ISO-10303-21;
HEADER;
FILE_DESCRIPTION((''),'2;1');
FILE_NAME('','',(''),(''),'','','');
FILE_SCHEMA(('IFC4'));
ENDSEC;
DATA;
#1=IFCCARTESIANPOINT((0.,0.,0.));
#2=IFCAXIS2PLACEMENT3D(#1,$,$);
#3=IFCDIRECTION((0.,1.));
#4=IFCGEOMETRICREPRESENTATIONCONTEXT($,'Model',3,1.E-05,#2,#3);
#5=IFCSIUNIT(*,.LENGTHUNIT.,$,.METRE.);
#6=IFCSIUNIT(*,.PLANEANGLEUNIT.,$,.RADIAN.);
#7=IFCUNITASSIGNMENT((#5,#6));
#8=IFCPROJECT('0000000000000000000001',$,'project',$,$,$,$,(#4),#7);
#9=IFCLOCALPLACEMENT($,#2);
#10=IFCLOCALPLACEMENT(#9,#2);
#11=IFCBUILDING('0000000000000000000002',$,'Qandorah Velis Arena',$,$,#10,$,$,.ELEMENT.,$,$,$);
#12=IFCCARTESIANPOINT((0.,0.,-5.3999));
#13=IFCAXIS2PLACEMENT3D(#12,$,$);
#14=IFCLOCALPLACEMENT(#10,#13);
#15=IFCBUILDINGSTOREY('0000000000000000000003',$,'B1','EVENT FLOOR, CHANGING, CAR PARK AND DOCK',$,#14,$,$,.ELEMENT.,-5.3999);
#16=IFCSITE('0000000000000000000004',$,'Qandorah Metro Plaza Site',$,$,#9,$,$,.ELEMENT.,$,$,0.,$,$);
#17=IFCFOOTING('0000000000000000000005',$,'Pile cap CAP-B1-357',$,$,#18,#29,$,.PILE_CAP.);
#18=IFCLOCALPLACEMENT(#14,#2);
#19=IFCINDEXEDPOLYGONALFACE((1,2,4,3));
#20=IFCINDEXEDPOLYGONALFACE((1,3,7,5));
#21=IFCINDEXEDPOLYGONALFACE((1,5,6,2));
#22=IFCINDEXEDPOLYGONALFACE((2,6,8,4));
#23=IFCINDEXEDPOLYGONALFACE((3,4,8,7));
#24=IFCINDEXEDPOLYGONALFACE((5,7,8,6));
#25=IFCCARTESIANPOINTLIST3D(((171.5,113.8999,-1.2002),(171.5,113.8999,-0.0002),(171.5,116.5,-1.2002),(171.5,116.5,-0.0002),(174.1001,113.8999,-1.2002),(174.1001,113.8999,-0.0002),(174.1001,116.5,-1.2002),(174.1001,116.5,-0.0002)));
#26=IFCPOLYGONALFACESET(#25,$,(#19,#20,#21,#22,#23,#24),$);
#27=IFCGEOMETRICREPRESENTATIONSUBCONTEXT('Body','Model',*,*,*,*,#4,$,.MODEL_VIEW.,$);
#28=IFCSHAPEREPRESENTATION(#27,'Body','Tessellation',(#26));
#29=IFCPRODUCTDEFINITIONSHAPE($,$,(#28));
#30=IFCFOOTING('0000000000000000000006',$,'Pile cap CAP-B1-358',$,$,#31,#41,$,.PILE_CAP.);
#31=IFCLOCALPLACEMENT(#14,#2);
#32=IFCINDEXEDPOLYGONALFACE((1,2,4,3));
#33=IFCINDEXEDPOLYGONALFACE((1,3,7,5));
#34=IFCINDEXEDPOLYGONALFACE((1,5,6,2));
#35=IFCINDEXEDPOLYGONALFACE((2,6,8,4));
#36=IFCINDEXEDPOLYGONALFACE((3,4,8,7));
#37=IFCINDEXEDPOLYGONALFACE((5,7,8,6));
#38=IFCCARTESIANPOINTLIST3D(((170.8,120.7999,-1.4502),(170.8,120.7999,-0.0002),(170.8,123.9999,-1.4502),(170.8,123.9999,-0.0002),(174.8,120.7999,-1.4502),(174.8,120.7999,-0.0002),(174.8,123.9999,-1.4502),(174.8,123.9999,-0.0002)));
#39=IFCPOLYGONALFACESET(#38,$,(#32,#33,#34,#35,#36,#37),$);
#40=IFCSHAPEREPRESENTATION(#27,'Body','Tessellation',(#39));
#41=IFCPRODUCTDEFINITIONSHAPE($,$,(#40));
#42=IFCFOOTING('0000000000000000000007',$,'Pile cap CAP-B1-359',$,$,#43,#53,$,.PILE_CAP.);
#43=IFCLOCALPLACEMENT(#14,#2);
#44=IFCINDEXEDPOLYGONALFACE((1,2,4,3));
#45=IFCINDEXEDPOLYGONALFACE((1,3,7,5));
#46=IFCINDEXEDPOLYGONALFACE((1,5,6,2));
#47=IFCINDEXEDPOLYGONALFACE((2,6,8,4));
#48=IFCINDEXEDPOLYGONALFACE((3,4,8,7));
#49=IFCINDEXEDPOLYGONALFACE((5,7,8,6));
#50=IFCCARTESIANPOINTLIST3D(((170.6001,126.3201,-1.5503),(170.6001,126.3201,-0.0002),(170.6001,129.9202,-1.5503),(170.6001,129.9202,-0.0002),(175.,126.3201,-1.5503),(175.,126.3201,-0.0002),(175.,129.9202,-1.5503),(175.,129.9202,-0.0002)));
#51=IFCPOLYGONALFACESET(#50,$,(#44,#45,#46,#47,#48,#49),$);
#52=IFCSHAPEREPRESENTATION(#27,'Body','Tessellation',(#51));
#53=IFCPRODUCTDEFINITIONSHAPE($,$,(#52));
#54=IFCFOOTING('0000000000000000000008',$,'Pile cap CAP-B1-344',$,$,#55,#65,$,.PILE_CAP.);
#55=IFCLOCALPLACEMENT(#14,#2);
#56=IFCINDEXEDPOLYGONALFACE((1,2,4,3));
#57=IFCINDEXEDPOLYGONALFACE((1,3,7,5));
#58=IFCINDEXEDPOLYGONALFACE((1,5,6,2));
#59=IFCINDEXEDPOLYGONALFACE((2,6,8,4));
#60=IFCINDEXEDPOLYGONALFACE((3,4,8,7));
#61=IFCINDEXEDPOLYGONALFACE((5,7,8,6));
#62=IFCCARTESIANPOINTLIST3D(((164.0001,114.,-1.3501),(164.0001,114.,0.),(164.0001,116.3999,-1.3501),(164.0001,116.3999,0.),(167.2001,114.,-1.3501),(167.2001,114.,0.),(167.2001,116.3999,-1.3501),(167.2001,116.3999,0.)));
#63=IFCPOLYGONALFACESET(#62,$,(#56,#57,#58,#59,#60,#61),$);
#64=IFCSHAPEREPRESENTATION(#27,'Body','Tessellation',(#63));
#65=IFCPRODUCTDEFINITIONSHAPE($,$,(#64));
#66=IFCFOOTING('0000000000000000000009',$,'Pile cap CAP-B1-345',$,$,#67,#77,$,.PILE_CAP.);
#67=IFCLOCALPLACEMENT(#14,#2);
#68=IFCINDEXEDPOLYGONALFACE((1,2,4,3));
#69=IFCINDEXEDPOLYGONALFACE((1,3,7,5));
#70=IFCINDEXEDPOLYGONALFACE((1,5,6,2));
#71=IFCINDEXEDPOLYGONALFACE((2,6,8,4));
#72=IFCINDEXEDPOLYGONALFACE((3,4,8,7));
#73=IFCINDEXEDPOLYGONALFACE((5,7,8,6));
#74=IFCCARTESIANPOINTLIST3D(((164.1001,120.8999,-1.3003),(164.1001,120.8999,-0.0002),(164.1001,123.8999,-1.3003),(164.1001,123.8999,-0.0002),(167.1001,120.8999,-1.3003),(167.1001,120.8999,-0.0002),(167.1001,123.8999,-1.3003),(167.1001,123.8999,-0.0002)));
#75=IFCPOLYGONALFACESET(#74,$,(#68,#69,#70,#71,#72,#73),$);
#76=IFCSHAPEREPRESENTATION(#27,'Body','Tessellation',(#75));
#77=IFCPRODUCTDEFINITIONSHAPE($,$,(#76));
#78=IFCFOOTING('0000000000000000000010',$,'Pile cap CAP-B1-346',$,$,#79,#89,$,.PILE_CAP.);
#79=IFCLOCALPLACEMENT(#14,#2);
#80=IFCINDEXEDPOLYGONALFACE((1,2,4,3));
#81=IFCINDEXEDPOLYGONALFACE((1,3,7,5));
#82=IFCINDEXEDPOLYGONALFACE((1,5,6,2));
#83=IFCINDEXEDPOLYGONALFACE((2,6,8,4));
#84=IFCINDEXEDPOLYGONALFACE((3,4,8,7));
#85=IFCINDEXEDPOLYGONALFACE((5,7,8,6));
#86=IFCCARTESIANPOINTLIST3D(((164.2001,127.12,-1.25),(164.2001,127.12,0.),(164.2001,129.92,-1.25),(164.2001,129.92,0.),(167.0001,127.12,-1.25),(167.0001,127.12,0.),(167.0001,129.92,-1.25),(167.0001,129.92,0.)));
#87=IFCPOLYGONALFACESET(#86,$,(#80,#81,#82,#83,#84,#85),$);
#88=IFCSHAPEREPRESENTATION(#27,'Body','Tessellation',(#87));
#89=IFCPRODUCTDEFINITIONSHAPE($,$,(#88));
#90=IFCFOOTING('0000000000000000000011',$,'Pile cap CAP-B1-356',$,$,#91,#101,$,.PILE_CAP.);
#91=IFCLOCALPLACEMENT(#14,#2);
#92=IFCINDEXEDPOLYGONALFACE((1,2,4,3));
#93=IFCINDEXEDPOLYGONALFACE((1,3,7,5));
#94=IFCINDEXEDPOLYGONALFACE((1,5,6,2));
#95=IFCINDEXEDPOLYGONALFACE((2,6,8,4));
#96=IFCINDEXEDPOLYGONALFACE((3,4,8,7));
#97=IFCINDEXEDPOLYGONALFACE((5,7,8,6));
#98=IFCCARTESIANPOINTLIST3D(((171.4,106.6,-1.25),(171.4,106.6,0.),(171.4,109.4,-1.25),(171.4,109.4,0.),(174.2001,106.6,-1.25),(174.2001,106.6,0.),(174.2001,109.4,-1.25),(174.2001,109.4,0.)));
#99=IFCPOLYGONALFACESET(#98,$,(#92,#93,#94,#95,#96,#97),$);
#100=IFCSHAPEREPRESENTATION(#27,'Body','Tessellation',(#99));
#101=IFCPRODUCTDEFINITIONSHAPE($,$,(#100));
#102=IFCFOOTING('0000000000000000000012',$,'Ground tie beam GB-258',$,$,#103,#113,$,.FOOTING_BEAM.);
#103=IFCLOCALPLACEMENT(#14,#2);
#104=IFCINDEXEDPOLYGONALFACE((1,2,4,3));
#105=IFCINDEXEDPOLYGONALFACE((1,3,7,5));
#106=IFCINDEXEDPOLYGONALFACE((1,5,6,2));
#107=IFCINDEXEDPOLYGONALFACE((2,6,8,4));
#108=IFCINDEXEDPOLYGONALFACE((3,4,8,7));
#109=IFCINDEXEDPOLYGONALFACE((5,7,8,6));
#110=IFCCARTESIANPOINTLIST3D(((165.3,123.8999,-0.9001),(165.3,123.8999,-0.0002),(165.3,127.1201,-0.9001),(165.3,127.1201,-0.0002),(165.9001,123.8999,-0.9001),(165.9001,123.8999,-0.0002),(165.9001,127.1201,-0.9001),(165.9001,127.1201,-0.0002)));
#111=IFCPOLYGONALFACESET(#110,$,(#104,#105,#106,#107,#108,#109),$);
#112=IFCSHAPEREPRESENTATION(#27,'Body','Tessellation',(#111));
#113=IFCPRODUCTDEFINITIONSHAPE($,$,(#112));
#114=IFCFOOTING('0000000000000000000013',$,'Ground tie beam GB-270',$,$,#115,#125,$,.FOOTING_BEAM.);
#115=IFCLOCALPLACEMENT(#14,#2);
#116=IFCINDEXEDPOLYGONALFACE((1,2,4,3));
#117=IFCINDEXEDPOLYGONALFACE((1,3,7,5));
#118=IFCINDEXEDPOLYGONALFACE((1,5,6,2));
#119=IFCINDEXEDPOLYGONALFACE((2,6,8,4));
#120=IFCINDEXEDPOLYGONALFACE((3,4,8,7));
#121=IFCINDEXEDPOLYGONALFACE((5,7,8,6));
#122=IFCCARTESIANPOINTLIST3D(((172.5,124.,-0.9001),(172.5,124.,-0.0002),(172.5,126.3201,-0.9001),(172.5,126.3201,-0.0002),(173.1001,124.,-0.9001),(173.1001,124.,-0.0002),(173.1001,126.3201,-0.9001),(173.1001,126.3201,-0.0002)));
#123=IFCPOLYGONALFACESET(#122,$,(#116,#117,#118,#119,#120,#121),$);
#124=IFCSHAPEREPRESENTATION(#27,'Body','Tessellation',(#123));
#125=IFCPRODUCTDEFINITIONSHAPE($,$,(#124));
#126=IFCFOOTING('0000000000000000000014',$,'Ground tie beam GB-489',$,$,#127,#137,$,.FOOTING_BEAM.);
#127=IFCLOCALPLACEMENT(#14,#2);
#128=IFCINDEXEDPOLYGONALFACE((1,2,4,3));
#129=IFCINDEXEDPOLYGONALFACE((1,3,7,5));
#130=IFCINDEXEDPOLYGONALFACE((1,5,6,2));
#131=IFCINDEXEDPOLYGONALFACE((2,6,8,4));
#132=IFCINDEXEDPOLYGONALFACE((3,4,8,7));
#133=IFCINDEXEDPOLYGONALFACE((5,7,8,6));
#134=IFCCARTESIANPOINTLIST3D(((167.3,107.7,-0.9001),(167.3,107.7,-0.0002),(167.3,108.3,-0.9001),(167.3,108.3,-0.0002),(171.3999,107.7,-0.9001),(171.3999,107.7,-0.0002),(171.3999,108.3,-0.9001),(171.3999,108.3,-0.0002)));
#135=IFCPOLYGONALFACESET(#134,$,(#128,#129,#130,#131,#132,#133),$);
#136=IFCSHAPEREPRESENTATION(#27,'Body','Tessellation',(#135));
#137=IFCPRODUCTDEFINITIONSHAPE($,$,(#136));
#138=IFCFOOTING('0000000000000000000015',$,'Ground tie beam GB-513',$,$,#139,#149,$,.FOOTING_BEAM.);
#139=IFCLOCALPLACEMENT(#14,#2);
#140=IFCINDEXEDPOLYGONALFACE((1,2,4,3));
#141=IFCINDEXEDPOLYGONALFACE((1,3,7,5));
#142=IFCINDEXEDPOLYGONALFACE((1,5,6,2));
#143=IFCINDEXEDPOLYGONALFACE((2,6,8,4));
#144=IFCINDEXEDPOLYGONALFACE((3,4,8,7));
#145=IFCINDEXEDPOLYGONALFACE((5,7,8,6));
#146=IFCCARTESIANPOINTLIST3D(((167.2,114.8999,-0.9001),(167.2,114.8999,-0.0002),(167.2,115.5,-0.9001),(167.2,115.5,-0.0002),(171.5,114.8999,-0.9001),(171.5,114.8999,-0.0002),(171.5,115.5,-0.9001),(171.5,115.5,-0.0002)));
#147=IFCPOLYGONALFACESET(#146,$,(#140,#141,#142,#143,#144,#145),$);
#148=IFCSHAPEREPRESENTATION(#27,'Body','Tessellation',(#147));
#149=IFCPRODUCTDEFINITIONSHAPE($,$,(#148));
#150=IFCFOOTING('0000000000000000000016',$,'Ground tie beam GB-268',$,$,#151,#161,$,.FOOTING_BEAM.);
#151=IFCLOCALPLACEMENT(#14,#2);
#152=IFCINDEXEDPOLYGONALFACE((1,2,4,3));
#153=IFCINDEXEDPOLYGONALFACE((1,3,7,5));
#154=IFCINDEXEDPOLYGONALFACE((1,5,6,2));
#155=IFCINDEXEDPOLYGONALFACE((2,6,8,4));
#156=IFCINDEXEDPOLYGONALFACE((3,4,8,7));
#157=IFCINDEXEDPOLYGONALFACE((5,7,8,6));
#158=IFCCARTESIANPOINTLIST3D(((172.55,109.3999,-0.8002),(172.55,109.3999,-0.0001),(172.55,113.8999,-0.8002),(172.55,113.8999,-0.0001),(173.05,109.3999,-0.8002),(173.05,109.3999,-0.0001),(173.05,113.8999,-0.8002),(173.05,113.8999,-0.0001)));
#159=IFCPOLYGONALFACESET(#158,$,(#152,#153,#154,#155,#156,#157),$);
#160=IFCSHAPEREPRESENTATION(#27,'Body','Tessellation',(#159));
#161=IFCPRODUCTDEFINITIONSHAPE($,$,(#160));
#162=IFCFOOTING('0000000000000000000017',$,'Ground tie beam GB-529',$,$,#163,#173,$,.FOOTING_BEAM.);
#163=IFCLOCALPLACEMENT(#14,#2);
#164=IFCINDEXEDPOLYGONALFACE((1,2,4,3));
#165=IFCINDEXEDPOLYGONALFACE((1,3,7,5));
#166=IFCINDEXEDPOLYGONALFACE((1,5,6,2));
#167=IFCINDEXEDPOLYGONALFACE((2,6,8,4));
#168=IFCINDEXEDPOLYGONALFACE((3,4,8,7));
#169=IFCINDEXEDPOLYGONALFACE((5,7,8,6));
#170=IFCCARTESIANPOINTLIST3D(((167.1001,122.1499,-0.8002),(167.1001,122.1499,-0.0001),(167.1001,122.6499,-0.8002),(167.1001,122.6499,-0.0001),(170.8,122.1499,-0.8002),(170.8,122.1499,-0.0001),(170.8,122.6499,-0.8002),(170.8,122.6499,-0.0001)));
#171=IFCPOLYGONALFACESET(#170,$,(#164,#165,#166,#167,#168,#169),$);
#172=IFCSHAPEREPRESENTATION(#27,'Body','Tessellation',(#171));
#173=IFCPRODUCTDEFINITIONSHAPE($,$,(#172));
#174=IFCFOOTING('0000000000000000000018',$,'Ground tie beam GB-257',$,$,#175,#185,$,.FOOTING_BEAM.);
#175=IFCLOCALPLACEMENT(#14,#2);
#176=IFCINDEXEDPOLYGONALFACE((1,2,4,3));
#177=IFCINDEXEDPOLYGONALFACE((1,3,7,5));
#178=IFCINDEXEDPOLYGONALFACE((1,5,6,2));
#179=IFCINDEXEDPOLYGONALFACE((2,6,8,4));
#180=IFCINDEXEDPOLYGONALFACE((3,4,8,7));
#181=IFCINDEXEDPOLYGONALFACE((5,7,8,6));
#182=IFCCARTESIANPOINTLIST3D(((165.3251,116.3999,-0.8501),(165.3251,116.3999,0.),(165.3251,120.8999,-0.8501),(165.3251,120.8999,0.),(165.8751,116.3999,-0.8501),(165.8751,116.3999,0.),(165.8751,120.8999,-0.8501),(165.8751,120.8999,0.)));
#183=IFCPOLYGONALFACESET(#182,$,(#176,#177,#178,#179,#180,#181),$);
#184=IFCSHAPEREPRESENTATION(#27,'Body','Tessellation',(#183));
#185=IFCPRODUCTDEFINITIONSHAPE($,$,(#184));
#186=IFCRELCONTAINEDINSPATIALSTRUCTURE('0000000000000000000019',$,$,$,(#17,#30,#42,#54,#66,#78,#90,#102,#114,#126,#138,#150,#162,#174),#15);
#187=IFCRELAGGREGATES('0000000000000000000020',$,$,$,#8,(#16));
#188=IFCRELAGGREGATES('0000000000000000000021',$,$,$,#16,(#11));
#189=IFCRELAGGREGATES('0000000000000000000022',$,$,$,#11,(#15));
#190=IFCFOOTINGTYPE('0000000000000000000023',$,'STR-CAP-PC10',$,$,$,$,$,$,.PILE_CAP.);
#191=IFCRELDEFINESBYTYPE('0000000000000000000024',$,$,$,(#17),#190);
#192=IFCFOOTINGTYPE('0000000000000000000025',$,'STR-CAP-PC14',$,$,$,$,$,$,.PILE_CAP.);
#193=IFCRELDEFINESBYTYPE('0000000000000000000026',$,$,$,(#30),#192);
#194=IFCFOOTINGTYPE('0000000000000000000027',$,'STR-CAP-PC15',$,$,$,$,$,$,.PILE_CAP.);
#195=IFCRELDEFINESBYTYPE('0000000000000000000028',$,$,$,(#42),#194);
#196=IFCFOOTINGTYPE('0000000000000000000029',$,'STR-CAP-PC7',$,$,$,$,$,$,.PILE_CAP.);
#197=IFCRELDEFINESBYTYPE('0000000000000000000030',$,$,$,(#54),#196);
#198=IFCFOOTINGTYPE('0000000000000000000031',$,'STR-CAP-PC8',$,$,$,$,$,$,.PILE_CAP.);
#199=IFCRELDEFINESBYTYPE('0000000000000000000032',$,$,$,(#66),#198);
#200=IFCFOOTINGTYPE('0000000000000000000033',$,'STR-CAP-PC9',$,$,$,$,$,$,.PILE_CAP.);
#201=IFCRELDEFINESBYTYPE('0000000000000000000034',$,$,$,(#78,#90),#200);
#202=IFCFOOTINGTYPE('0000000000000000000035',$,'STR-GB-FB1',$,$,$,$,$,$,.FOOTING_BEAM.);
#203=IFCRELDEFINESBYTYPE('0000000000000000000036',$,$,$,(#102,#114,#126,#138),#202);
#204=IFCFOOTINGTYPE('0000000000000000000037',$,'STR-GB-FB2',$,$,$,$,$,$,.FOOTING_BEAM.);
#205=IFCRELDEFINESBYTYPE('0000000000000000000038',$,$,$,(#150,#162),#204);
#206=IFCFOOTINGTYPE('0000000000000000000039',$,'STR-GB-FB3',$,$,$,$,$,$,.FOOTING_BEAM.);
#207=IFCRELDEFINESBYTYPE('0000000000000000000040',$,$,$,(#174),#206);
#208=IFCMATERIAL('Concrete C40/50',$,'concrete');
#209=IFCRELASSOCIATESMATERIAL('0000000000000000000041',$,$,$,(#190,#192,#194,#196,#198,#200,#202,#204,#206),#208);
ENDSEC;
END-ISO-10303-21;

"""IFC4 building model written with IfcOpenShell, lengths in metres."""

from ifc_helpers import new_model, si_unit, direction, frame, origin, origin_2d, place, context, subcontext, project, spatial, rectangle, extrude, material, material_profile, profile_set, type_object, element, save


model = new_model("IFC4")

# Units and contexts
model_context = context("Model", 3, precision=1e-05, world=origin(), true_north=direction((0.0, 1.0)))
body_context = subcontext(model_context, "Body", "Model", "MODEL_VIEW")
ifc_project = project(units=[si_unit("LENGTHUNIT", "METRE"), si_unit("PLANEANGLEUNIT", "RADIAN")], contexts=[model_context])

# Site, building, storey
site_placement = place(None, origin())
site = spatial("IfcSite", under=ifc_project, at=site_placement, Name="Qandorah Metro Plaza Site", CompositionType="ELEMENT", RefElevation=0.0)
building_placement = place(site_placement, origin())
building = spatial("IfcBuilding", under=site, at=building_placement, Name="Qandorah Velis Arena", CompositionType="ELEMENT")
storey_placement = place(building_placement, frame((0.0, 0.0, -5.3999)))
storey = spatial("IfcBuildingStorey", under=building, at=storey_placement, Name="B1", Description="EVENT FLOOR, CHANGING, CAR PARK AND DOCK", CompositionType="ELEMENT", Elevation=-5.3999)

# Footings
ifc_material_1 = material(Name="Concrete C40/50", Category="concrete")
footing_type_1 = type_object("IfcFootingType", Name="STR-CAP-PC10", PredefinedType="PILE_CAP", material=ifc_material_1)
footing_1_placement = place(storey_placement, frame((172.8, 115.2, -1.2002), z_axis=(0.0, 0.0, 1.0), x_axis=(1.0, 0.0, 0.0)))
element("IfcFooting", 1, at=footing_1_placement, inside=storey, type_object=footing_type_1, Name="Pile cap CAP-B1-357", PredefinedType="PILE_CAP", context=body_context, shape_type="SweptSolid", body=[
    extrude(rectangle(XDim=2.6001, YDim=2.6001, at=origin_2d()), origin(), (0.0, 0.0, 1.0), 1.2),
])
footing_type_2 = type_object("IfcFootingType", Name="STR-CAP-PC14", PredefinedType="PILE_CAP", material=ifc_material_1)
footing_2_placement = place(storey_placement, frame((172.8, 122.3999, -1.4502), z_axis=(0.0, 0.0, 1.0), x_axis=(1.0, 0.0, 0.0)))
element("IfcFooting", 2, at=footing_2_placement, inside=storey, type_object=footing_type_2, Name="Pile cap CAP-B1-358", PredefinedType="PILE_CAP", context=body_context, shape_type="SweptSolid", body=[
    extrude(rectangle(XDim=4.0, YDim=3.2, at=origin_2d()), origin(), (0.0, 0.0, 1.0), 1.45),
])
footing_type_3 = type_object("IfcFootingType", Name="STR-CAP-PC15", PredefinedType="PILE_CAP", material=ifc_material_1)
footing_3_placement = place(storey_placement, frame((172.8, 128.1201, -1.5503), z_axis=(0.0, 0.0, 1.0), x_axis=(1.0, 0.0, 0.0)))
element("IfcFooting", 3, at=footing_3_placement, inside=storey, type_object=footing_type_3, Name="Pile cap CAP-B1-359", PredefinedType="PILE_CAP", context=body_context, shape_type="SweptSolid", body=[
    extrude(rectangle(XDim=4.3999, YDim=3.6001, at=origin_2d()), origin(), (0.0, 0.0, 1.0), 1.55),
])
footing_type_4 = type_object("IfcFootingType", Name="STR-CAP-PC7", PredefinedType="PILE_CAP", material=ifc_material_1)
footing_4_placement = place(storey_placement, frame((165.6001, 115.2, -1.3501), z_axis=(0.0, 0.0, 1.0), x_axis=(1.0, 0.0, 0.0)))
element("IfcFooting", 4, at=footing_4_placement, inside=storey, type_object=footing_type_4, Name="Pile cap CAP-B1-344", PredefinedType="PILE_CAP", context=body_context, shape_type="SweptSolid", body=[
    extrude(rectangle(XDim=3.2, YDim=2.3999, at=origin_2d()), origin(), (0.0, 0.0, 1.0), 1.3501),
])
footing_type_5 = type_object("IfcFootingType", Name="STR-CAP-PC8", PredefinedType="PILE_CAP", material=ifc_material_1)
footing_5_placement = place(storey_placement, frame((165.6001, 122.3999, -1.3003), z_axis=(0.0, 0.0, 1.0), x_axis=(1.0, 0.0, 0.0)))
element("IfcFooting", 5, at=footing_5_placement, inside=storey, type_object=footing_type_5, Name="Pile cap CAP-B1-345", PredefinedType="PILE_CAP", context=body_context, shape_type="SweptSolid", body=[
    extrude(rectangle(XDim=3.0, YDim=3.0, at=origin_2d()), origin(), (0.0, 0.0, 1.0), 1.3),
])
footing_type_6 = type_object("IfcFootingType", Name="STR-CAP-PC9", PredefinedType="PILE_CAP", material=ifc_material_1)
for number, where, z_axis, x_axis, name in (
    (6, (165.6001, 128.52, -1.25), (0.0, 0.0, 1.0), (1.0, 0.0, 0.0), "Pile cap CAP-B1-346"),
    (7, (172.8, 108.0, -1.25), (0.0, 0.0, 1.0), (1.0, 0.0, 0.0), "Pile cap CAP-B1-356"),
):
    element("IfcFooting", number, at=place(storey_placement, frame(where, z_axis=z_axis, x_axis=x_axis)), inside=storey, type_object=footing_type_6, Name=name, PredefinedType="PILE_CAP", context=body_context, shape_type="SweptSolid", body=[
        extrude(rectangle(XDim=2.8, YDim=2.8, at=origin_2d()), origin(), (0.0, 0.0, 1.0), 1.25),
    ])
ifc_material_profile_1 = material_profile(ifc_material_1, rectangle(XDim=0.6001, YDim=0.8999, at=origin_2d()), Name="GB1 600x900")
ifc_profile_set_1 = profile_set([ifc_material_profile_1], Name="Concrete C40/50")
footing_type_7 = type_object("IfcFootingType", Name="STR-GB-FB1", PredefinedType="FOOTING_BEAM", material=ifc_profile_set_1)
footing_6_placement = place(storey_placement, frame((165.6001, 123.8999, -0.4502), z_axis=(0.0, 1.0, 0.0), x_axis=(-1.0, 0.0, 0.0)))
element("IfcFooting", 8, at=footing_6_placement, inside=storey, type_object=footing_type_7, Name="Ground tie beam GB-258", PredefinedType="FOOTING_BEAM", context=body_context, shape_type="SweptSolid", body=[
    extrude(rectangle(XDim=0.6001, YDim=0.8999, at=origin_2d()), origin(), (0.0, 0.0, 1.0), 3.2202),
])
footing_7_placement = place(storey_placement, frame((172.8, 124.0, -0.4502), z_axis=(0.0, 1.0, 0.0), x_axis=(-1.0, 0.0, 0.0)))
element("IfcFooting", 9, at=footing_7_placement, inside=storey, type_object=footing_type_7, Name="Ground tie beam GB-270", PredefinedType="FOOTING_BEAM", context=body_context, shape_type="SweptSolid", body=[
    extrude(rectangle(XDim=0.6001, YDim=0.8999, at=origin_2d()), origin(), (0.0, 0.0, 1.0), 2.3201),
])
footing_8_placement = place(storey_placement, frame((167.3, 108.0, -0.4502), z_axis=(1.0, 0.0, 0.0), x_axis=(0.0, 1.0, 0.0)))
element("IfcFooting", 10, at=footing_8_placement, inside=storey, type_object=footing_type_7, Name="Ground tie beam GB-489", PredefinedType="FOOTING_BEAM", context=body_context, shape_type="SweptSolid", body=[
    extrude(rectangle(XDim=0.6001, YDim=0.8999, at=origin_2d()), origin(), (0.0, 0.0, 1.0), 4.0999),
])
footing_9_placement = place(storey_placement, frame((167.2, 115.2, -0.4502), z_axis=(1.0, 0.0, 0.0), x_axis=(0.0, 1.0, 0.0)))
element("IfcFooting", 11, at=footing_9_placement, inside=storey, type_object=footing_type_7, Name="Ground tie beam GB-513", PredefinedType="FOOTING_BEAM", context=body_context, shape_type="SweptSolid", body=[
    extrude(rectangle(XDim=0.6001, YDim=0.8999, at=origin_2d()), origin(), (0.0, 0.0, 1.0), 4.3),
])
ifc_material_profile_2 = material_profile(ifc_material_1, rectangle(XDim=0.5, YDim=0.8, at=origin_2d()), Name="GB2 500x800")
ifc_profile_set_2 = profile_set([ifc_material_profile_2], Name="Concrete C40/50")
footing_type_8 = type_object("IfcFootingType", Name="STR-GB-FB2", PredefinedType="FOOTING_BEAM", material=ifc_profile_set_2)
footing_10_placement = place(storey_placement, frame((172.8, 109.3999, -0.4001), z_axis=(0.0, 1.0, 0.0), x_axis=(-1.0, 0.0, 0.0)))
element("IfcFooting", 12, at=footing_10_placement, inside=storey, type_object=footing_type_8, Name="Ground tie beam GB-268", PredefinedType="FOOTING_BEAM", context=body_context, shape_type="SweptSolid", body=[
    extrude(rectangle(XDim=0.5, YDim=0.8, at=origin_2d()), origin(), (0.0, 0.0, 1.0), 4.5),
])
footing_11_placement = place(storey_placement, frame((167.1001, 122.3999, -0.4001), z_axis=(1.0, 0.0, 0.0), x_axis=(0.0, 1.0, 0.0)))
element("IfcFooting", 13, at=footing_11_placement, inside=storey, type_object=footing_type_8, Name="Ground tie beam GB-529", PredefinedType="FOOTING_BEAM", context=body_context, shape_type="SweptSolid", body=[
    extrude(rectangle(XDim=0.5, YDim=0.8, at=origin_2d()), origin(), (0.0, 0.0, 1.0), 3.7),
])
ifc_material_profile_3 = material_profile(ifc_material_1, rectangle(XDim=0.55, YDim=0.8501, at=origin_2d()), Name="GB3 550x850")
ifc_profile_set_3 = profile_set([ifc_material_profile_3], Name="Concrete C40/50")
footing_type_9 = type_object("IfcFootingType", Name="STR-GB-FB3", PredefinedType="FOOTING_BEAM", material=ifc_profile_set_3)
footing_12_placement = place(storey_placement, frame((165.6001, 116.3999, -0.425), z_axis=(0.0, 1.0, 0.0), x_axis=(-1.0, 0.0, 0.0)))
element("IfcFooting", 14, at=footing_12_placement, inside=storey, type_object=footing_type_9, Name="Ground tie beam GB-257", PredefinedType="FOOTING_BEAM", context=body_context, shape_type="SweptSolid", body=[
    extrude(rectangle(XDim=0.55, YDim=0.8501, at=origin_2d()), origin(), (0.0, 0.0, 1.0), 4.5),
])

save(model, "model.ifc")
